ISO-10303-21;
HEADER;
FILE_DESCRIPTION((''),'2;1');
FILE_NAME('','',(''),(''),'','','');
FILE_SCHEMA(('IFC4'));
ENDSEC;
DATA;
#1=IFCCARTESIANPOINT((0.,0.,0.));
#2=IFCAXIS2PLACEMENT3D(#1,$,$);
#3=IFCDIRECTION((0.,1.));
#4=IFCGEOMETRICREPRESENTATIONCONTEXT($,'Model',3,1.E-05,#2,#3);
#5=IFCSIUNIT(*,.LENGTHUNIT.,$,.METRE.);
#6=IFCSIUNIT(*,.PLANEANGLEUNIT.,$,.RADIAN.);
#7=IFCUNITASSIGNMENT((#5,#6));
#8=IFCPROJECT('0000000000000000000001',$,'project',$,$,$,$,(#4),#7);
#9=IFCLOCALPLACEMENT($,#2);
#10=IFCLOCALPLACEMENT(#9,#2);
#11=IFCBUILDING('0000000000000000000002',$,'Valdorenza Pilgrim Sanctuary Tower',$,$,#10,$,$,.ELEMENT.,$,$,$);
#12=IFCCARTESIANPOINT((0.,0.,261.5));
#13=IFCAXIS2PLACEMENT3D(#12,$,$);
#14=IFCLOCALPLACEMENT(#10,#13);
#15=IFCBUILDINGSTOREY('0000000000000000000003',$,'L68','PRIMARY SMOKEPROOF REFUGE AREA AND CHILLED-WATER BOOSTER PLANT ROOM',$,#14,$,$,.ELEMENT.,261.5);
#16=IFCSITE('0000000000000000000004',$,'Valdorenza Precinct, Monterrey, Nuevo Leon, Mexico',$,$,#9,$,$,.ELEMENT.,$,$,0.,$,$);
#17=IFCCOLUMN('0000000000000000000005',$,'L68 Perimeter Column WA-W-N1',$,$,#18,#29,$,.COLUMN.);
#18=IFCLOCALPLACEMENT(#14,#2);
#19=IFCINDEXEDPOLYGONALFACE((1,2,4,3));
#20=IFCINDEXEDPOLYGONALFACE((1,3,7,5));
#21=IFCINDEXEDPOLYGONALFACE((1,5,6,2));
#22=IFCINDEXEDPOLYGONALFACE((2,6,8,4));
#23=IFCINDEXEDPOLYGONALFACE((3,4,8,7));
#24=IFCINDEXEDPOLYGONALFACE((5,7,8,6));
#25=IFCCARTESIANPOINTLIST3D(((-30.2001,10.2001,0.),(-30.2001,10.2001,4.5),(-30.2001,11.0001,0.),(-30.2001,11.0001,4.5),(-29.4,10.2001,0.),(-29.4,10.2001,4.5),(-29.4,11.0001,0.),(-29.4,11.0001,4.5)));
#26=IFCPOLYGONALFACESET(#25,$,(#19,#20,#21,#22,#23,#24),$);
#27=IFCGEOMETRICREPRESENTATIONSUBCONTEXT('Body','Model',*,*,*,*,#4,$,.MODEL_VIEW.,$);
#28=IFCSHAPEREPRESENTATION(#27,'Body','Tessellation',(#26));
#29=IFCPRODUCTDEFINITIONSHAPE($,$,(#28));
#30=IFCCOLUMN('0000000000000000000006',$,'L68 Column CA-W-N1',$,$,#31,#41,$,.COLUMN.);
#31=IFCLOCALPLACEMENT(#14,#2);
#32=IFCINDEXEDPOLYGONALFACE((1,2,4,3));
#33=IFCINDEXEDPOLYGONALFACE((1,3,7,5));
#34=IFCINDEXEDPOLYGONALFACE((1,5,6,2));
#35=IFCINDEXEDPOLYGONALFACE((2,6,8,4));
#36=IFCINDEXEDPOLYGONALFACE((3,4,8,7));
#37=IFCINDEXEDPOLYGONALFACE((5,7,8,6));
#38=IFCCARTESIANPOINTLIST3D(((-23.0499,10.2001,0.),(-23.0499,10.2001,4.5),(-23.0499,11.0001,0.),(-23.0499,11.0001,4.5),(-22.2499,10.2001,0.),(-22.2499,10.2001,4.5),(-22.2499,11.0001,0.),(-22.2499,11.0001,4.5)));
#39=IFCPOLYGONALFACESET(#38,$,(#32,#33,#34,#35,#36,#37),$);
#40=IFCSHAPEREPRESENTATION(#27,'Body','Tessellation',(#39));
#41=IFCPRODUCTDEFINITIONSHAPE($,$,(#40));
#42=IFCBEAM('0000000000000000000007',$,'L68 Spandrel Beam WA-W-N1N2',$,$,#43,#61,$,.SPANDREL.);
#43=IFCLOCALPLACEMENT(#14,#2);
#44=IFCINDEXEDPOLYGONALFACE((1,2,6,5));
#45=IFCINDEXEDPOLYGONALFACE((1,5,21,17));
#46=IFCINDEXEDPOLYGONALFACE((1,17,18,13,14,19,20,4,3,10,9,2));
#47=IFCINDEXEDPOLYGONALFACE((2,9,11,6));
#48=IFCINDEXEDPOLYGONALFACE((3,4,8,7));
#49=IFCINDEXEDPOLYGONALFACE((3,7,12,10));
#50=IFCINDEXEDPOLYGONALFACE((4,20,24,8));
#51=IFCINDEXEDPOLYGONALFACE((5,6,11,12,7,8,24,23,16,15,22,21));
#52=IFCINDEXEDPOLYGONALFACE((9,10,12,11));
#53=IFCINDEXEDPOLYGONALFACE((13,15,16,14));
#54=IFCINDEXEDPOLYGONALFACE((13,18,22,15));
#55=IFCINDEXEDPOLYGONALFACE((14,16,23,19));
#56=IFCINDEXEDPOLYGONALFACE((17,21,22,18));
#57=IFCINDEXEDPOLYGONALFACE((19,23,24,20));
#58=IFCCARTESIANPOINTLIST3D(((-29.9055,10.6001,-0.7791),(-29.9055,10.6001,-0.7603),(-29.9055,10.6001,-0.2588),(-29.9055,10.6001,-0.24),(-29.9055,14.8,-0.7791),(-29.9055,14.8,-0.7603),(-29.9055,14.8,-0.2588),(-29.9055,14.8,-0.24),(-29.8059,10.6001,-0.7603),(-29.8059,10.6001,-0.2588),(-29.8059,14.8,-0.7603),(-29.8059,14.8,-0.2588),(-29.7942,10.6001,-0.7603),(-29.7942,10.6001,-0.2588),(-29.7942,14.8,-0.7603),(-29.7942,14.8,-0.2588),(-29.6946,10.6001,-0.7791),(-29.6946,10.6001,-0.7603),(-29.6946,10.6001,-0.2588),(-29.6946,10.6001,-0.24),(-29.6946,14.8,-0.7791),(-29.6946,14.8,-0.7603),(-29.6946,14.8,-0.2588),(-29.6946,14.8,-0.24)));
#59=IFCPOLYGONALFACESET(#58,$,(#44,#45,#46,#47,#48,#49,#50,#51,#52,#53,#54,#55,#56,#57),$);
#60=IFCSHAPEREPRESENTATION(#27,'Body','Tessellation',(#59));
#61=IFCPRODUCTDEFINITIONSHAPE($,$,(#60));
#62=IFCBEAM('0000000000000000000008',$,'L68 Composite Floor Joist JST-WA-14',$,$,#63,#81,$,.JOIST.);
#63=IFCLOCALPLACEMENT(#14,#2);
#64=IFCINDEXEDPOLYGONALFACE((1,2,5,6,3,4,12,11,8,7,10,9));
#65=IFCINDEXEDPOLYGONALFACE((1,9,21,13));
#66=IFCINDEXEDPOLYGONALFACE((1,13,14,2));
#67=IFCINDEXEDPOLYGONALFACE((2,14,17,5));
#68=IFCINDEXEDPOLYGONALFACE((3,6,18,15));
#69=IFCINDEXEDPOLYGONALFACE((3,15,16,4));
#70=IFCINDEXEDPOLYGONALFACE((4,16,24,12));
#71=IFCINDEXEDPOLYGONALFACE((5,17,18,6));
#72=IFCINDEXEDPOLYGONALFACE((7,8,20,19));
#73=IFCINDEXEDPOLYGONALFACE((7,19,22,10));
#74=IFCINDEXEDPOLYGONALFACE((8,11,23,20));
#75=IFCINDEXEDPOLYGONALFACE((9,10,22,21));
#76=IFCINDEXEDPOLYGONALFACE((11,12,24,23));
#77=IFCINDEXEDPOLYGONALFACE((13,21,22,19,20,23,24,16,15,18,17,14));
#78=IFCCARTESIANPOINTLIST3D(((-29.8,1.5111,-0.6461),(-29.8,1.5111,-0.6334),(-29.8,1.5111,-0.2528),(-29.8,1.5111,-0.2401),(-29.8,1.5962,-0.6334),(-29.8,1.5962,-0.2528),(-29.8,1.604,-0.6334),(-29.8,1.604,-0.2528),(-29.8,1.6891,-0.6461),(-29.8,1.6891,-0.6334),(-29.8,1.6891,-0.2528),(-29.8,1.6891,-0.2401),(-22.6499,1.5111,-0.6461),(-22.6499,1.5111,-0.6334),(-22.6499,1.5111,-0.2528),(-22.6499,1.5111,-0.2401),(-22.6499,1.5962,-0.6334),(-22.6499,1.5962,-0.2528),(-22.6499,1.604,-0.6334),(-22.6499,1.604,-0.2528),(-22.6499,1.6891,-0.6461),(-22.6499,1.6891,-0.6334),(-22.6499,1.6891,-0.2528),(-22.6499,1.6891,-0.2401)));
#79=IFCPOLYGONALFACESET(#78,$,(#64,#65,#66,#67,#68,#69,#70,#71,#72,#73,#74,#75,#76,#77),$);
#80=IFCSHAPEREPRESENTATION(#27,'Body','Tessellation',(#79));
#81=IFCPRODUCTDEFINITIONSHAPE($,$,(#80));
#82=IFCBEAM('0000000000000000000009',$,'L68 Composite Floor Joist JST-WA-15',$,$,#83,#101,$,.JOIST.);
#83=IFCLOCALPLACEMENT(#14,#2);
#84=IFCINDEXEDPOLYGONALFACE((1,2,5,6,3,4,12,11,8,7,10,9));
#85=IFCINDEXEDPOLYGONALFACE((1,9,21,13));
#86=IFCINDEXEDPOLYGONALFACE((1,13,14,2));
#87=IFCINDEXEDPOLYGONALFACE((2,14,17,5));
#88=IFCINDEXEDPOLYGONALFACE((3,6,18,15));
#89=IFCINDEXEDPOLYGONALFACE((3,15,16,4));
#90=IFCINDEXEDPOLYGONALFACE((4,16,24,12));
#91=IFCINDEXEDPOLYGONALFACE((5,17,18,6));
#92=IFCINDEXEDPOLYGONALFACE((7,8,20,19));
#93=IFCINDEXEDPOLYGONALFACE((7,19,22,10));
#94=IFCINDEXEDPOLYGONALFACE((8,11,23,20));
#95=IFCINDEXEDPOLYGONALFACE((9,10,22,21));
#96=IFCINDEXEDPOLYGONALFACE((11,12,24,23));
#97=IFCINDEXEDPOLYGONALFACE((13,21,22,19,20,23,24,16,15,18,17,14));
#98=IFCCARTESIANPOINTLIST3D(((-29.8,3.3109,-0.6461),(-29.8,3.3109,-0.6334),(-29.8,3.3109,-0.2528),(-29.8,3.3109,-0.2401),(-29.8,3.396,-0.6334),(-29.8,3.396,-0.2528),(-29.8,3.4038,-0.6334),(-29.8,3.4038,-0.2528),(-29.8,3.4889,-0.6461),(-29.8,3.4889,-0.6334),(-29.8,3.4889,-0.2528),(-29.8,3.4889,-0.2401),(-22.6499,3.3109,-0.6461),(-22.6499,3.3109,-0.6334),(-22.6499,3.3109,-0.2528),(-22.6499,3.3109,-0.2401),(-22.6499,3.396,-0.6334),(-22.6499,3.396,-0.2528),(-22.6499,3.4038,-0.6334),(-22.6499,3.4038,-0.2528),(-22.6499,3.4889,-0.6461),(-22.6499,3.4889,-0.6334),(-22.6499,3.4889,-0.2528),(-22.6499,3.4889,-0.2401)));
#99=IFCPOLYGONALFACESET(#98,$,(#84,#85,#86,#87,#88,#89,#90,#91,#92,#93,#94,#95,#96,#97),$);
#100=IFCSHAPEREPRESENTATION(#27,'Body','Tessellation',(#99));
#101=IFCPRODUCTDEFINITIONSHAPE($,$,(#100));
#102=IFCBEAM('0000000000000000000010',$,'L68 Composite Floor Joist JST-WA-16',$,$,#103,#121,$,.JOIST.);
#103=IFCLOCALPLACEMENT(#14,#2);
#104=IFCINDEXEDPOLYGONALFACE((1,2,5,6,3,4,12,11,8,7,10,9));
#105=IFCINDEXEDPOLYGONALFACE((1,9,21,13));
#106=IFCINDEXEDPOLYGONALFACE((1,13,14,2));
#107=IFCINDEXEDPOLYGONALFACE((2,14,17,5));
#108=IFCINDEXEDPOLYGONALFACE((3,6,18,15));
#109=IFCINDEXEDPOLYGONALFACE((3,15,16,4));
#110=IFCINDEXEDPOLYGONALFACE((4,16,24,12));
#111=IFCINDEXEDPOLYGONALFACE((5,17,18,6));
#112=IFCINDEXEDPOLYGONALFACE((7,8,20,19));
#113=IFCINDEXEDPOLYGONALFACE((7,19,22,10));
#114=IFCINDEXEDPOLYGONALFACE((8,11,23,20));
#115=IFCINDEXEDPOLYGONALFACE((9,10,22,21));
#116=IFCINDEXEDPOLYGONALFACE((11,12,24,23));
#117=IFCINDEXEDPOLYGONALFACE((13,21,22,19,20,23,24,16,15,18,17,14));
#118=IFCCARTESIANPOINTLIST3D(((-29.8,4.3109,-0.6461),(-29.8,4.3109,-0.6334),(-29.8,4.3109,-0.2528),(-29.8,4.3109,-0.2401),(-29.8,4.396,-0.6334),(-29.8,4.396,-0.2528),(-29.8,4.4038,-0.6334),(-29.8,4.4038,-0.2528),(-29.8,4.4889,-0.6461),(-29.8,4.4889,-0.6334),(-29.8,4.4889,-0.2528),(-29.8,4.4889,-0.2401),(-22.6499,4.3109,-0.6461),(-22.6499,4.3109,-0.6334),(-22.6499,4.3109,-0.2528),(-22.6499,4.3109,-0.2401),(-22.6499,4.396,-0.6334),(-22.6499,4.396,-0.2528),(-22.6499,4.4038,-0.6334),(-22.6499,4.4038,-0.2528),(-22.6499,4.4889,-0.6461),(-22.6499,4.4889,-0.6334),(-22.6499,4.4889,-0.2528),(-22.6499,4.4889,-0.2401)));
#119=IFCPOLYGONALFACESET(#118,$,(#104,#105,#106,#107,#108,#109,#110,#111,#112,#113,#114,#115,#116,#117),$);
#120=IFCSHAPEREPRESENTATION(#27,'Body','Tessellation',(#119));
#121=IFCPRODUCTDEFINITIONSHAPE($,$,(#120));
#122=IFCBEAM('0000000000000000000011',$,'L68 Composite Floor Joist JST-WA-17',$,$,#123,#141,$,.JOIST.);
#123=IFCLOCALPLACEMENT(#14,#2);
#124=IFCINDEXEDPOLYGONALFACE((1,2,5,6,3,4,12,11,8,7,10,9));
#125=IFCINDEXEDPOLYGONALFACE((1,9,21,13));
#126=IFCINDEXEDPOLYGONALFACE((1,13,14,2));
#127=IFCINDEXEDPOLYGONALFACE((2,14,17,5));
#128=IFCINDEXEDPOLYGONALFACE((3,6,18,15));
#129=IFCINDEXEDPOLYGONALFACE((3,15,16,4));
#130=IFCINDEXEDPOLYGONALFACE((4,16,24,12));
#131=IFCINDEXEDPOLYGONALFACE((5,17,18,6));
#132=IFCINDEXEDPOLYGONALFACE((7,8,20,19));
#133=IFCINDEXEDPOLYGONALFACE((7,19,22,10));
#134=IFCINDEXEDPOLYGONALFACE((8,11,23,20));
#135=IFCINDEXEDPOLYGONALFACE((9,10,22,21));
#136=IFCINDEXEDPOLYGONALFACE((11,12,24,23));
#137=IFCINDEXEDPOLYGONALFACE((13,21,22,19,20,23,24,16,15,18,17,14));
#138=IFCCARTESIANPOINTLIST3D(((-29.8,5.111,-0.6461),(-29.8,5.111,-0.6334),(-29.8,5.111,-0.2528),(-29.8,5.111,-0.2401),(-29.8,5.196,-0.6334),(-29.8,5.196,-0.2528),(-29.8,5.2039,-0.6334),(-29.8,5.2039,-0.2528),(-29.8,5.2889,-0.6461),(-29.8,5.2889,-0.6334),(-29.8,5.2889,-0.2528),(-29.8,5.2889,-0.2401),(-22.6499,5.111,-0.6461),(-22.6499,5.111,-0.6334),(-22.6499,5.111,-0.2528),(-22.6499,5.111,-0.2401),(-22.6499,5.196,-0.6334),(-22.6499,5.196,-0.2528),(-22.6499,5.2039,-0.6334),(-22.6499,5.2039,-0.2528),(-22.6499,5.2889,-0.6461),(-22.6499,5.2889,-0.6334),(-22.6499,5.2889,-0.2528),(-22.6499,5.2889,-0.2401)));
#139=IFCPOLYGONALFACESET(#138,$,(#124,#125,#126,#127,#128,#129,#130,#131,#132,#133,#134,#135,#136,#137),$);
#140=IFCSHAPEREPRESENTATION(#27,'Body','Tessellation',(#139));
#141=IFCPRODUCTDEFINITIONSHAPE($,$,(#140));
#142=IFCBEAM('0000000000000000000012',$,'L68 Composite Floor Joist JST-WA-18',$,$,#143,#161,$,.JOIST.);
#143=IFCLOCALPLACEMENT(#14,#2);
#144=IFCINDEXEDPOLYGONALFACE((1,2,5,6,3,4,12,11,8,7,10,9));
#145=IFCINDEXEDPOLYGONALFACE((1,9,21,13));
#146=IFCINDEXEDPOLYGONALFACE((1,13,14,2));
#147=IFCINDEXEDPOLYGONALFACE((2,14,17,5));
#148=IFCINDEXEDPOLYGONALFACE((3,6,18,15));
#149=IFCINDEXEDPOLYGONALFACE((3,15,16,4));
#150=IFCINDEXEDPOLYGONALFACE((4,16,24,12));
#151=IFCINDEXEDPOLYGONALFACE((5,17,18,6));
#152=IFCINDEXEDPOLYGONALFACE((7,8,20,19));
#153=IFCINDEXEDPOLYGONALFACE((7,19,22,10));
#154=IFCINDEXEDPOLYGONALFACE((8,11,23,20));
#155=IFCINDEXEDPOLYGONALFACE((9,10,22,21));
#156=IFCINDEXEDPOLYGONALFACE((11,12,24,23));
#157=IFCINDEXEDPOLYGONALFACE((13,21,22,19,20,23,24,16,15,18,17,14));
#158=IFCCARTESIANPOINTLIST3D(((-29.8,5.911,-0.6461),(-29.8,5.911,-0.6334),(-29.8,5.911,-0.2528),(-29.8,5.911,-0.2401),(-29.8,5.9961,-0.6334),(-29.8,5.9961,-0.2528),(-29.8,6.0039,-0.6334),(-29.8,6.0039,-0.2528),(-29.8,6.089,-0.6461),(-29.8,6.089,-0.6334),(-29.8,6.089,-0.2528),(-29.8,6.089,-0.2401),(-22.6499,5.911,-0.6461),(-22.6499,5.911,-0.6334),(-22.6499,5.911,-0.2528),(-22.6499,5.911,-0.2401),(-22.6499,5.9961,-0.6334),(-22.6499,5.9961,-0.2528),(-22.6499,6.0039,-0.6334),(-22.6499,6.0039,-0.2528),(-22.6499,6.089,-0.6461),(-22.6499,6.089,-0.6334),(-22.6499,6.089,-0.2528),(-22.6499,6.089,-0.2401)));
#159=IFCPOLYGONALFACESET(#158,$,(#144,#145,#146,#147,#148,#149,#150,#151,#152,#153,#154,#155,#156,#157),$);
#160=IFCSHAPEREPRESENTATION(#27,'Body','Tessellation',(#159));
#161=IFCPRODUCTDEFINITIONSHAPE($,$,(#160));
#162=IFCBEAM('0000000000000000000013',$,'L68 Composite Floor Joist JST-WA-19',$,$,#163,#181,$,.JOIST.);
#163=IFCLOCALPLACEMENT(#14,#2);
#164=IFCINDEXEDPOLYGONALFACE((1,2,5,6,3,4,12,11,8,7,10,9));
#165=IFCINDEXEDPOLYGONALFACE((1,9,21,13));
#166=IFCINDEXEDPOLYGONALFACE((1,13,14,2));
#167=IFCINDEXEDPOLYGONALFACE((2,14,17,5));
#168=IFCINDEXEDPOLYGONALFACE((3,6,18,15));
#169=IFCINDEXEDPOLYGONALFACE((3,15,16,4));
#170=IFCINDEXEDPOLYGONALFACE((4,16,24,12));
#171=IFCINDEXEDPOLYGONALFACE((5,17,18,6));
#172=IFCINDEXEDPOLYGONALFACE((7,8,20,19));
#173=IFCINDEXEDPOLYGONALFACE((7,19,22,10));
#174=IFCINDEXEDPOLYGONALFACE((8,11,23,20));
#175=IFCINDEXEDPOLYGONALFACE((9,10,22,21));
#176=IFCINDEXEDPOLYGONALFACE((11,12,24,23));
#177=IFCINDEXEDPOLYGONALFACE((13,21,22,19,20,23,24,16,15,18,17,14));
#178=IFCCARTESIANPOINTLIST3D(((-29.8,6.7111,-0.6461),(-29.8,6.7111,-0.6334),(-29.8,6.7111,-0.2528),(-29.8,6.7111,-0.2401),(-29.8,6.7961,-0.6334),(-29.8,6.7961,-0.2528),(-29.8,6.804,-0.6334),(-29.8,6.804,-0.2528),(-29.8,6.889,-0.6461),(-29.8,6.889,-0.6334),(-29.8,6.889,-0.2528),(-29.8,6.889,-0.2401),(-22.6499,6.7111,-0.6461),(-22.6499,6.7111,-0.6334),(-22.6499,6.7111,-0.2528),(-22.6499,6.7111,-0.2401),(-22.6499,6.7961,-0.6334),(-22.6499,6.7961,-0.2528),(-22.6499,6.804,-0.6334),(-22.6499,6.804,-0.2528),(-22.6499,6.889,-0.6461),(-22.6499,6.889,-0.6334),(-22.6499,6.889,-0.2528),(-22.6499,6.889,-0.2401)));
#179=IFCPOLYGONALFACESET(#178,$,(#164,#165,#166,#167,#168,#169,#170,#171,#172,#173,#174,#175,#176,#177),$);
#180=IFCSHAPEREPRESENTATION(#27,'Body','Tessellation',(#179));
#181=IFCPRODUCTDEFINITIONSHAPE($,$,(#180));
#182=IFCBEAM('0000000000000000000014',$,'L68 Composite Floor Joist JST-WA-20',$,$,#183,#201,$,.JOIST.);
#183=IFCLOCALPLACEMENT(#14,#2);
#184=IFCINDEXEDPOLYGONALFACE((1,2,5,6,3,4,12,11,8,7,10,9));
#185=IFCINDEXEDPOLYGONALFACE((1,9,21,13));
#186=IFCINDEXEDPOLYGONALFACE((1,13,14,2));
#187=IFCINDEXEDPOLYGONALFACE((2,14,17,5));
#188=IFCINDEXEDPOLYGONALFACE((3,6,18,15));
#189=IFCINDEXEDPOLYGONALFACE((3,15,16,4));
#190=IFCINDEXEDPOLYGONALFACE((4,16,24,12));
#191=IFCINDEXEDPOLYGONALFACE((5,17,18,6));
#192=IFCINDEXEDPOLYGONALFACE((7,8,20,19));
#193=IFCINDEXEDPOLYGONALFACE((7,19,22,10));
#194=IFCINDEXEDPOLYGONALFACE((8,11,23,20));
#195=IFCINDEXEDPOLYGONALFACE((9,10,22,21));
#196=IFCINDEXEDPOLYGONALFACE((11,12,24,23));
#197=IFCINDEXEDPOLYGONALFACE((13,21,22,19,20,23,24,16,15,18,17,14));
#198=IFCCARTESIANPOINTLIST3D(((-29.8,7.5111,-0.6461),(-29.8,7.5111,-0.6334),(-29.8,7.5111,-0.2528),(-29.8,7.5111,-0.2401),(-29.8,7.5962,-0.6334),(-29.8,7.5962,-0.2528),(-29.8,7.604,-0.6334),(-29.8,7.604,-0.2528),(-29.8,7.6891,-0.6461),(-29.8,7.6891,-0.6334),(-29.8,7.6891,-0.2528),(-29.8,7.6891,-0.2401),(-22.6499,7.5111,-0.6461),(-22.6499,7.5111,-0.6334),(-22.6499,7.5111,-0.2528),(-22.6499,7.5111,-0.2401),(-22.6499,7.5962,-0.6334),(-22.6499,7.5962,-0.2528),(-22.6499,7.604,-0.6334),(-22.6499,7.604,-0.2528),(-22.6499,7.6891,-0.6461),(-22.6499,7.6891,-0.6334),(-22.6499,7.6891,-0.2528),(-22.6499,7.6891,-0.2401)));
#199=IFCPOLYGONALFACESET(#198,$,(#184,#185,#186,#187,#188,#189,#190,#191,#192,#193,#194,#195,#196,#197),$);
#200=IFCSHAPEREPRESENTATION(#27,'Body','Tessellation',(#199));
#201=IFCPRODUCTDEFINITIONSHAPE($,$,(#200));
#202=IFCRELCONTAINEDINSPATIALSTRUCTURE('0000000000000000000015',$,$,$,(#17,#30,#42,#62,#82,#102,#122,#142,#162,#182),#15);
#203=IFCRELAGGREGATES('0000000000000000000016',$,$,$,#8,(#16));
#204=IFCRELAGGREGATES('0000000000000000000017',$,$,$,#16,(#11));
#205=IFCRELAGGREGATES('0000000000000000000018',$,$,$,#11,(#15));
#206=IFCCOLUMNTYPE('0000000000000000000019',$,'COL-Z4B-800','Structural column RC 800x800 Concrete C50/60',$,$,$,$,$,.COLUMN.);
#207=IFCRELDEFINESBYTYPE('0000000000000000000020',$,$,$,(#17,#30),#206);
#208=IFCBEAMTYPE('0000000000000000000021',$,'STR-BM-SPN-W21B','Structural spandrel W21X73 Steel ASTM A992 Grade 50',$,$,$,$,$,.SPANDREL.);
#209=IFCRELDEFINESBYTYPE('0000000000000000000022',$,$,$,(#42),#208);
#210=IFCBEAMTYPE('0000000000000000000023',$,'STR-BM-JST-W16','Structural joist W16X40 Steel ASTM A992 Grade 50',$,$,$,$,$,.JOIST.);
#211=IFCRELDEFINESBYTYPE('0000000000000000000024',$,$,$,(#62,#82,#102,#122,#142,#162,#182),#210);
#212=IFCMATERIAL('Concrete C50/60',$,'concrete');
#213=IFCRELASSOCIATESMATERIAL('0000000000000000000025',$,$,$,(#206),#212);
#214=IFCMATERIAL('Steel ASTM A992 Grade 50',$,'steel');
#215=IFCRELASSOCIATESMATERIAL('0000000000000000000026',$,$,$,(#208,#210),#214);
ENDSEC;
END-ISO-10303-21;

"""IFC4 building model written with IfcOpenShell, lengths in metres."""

from ifc_helpers import new_model, si_unit, direction, frame, origin, origin_2d, place, context, subcontext, project, spatial, rectangle, i_section, extrude, source, transform, mapped, material, material_profile, profile_set, type_object, element, save


model = new_model("IFC4")

# Units and contexts
model_context = context("Model", 3, precision=1e-05, world=origin(), true_north=direction((0.0, 1.0)))
body_context = subcontext(model_context, "Body", "Model", "MODEL_VIEW")
ifc_project = project(units=[si_unit("LENGTHUNIT", "METRE"), si_unit("PLANEANGLEUNIT", "RADIAN")], contexts=[model_context])

# Site, building, storey
site_placement = place(None, origin())
site = spatial("IfcSite", under=ifc_project, at=site_placement, Name="Valdorenza Precinct, Monterrey, Nuevo Leon, Mexico", CompositionType="ELEMENT", RefElevation=0.0)
building_placement = place(site_placement, origin())
building = spatial("IfcBuilding", under=site, at=building_placement, Name="Valdorenza Pilgrim Sanctuary Tower", CompositionType="ELEMENT")
storey_placement = place(building_placement, frame((0.0, 0.0, 261.5)))
storey = spatial("IfcBuildingStorey", under=building, at=storey_placement, Name="L68", Description="PRIMARY SMOKEPROOF REFUGE AREA AND CHILLED-WATER BOOSTER PLANT ROOM", CompositionType="ELEMENT", Elevation=261.5)

# Columns
ifc_material_1 = material(Name="Concrete C50/60", Category="concrete")
ifc_material_profile_1 = material_profile(ifc_material_1, rectangle(XDim=0.8, YDim=0.8, at=origin_2d()), Name="RC 800x800")
ifc_profile_set_1 = profile_set([ifc_material_profile_1], Name="Concrete C50/60")
column_type = type_object("IfcColumnType", Name="COL-Z4B-800", Description="Structural column RC 800x800 Concrete C50/60", PredefinedType="COLUMN", material=ifc_profile_set_1)
shared_shape_1 = source(origin(), body_context, "Body", "SweptSolid", [
    extrude(rectangle(XDim=0.8, YDim=0.8, at=origin_2d()), origin(), (0.0, 0.0, 1.0), 4.5),
])
for number, where, z_axis, x_axis, name in (
    (1, (-29.8, 10.6001, 0.0), (0.0, 0.0, 1.0), (1.0, 0.0, 0.0), "L68 Perimeter Column WA-W-N1"),
    (2, (-22.6499, 10.6001, 0.0), (0.0, 0.0, 1.0), (1.0, 0.0, 0.0), "L68 Column CA-W-N1"),
):
    element("IfcColumn", number, at=place(storey_placement, frame(where, z_axis=z_axis, x_axis=x_axis)), inside=storey, type_object=column_type, Name=name, PredefinedType="COLUMN", context=body_context, shape_type="MappedRepresentation", body=[
        mapped(shared_shape_1, transform((0.0, 0.0, 0.0), x_axis=(1.0, 0.0, 0.0), y_axis=(0.0, 1.0, 0.0), z_axis=(0.0, 0.0, 1.0), scale=1.0)),
    ])

# Beams
ifc_material_2 = material(Name="Steel ASTM A992 Grade 50", Category="steel")
ifc_material_profile_2 = material_profile(ifc_material_2, i_section(OverallWidth=0.2109, OverallDepth=0.5391, WebThickness=0.0117, FlangeThickness=0.0188, at=origin_2d()), Name="W21X73")
ifc_profile_set_2 = profile_set([ifc_material_profile_2], Name="Steel ASTM A992 Grade 50")
beam_type_1 = type_object("IfcBeamType", Name="STR-BM-SPN-W21B", Description="Structural spandrel W21X73 Steel ASTM A992 Grade 50", PredefinedType="SPANDREL", material=ifc_profile_set_2)
shared_shape_2 = source(origin(), body_context, "Body", "SweptSolid", [
    extrude(i_section(OverallWidth=0.2109, OverallDepth=0.5391, WebThickness=0.0117, FlangeThickness=0.0188, at=origin_2d()), origin(), (0.0, 0.0, 1.0), 4.2),
])
beam_1_placement = place(storey_placement, frame((-29.8, 10.6001, -0.5095), z_axis=(0.0, 1.0, 0.0), x_axis=(-1.0, 0.0, 0.0)))
element("IfcBeam", 3, at=beam_1_placement, inside=storey, type_object=beam_type_1, Name="L68 Spandrel Beam WA-W-N1N2", PredefinedType="SPANDREL", context=body_context, shape_type="MappedRepresentation", body=[
    mapped(shared_shape_2, transform((0.0, 0.0, 0.0), x_axis=(1.0, 0.0, 0.0), y_axis=(0.0, 1.0, 0.0), z_axis=(0.0, 0.0, 1.0), scale=1.0)),
])
ifc_material_profile_3 = material_profile(ifc_material_2, i_section(OverallWidth=0.178, OverallDepth=0.406, WebThickness=0.0078, FlangeThickness=0.0127, at=origin_2d()), Name="W16X40")
ifc_profile_set_3 = profile_set([ifc_material_profile_3], Name="Steel ASTM A992 Grade 50")
beam_type_2 = type_object("IfcBeamType", Name="STR-BM-JST-W16", Description="Structural joist W16X40 Steel ASTM A992 Grade 50", PredefinedType="JOIST", material=ifc_profile_set_3)
shared_shape_3 = source(origin(), body_context, "Body", "SweptSolid", [
    extrude(i_section(OverallWidth=0.178, OverallDepth=0.406, WebThickness=0.0078, FlangeThickness=0.0127, at=origin_2d()), origin(), (0.0, 0.0, 1.0), 7.1501),
])
for number, where, z_axis, x_axis, name in (
    (4, (-29.8, 1.6001, -0.4431), (1.0, 0.0, 0.0), (0.0, 1.0, 0.0), "L68 Composite Floor Joist JST-WA-14"),
    (5, (-29.8, 3.3999, -0.4431), (1.0, 0.0, 0.0), (0.0, 1.0, 0.0), "L68 Composite Floor Joist JST-WA-15"),
    (6, (-29.8, 4.3999, -0.4431), (1.0, 0.0, 0.0), (0.0, 1.0, 0.0), "L68 Composite Floor Joist JST-WA-16"),
    (7, (-29.8, 5.2, -0.4431), (1.0, 0.0, 0.0), (0.0, 1.0, 0.0), "L68 Composite Floor Joist JST-WA-17"),
    (8, (-29.8, 6.0, -0.4431), (1.0, 0.0, 0.0), (0.0, 1.0, 0.0), "L68 Composite Floor Joist JST-WA-18"),
    (9, (-29.8, 6.8, -0.4431), (1.0, 0.0, 0.0), (0.0, 1.0, 0.0), "L68 Composite Floor Joist JST-WA-19"),
    (10, (-29.8, 7.6001, -0.4431), (1.0, 0.0, 0.0), (0.0, 1.0, 0.0), "L68 Composite Floor Joist JST-WA-20"),
):
    element("IfcBeam", number, at=place(storey_placement, frame(where, z_axis=z_axis, x_axis=x_axis)), inside=storey, type_object=beam_type_2, Name=name, PredefinedType="JOIST", context=body_context, shape_type="MappedRepresentation", body=[
        mapped(shared_shape_3, transform((0.0, 0.0, 0.0), x_axis=(1.0, 0.0, 0.0), y_axis=(0.0, 1.0, 0.0), z_axis=(0.0, 0.0, 1.0), scale=1.0)),
    ])

save(model, "model.ifc")
